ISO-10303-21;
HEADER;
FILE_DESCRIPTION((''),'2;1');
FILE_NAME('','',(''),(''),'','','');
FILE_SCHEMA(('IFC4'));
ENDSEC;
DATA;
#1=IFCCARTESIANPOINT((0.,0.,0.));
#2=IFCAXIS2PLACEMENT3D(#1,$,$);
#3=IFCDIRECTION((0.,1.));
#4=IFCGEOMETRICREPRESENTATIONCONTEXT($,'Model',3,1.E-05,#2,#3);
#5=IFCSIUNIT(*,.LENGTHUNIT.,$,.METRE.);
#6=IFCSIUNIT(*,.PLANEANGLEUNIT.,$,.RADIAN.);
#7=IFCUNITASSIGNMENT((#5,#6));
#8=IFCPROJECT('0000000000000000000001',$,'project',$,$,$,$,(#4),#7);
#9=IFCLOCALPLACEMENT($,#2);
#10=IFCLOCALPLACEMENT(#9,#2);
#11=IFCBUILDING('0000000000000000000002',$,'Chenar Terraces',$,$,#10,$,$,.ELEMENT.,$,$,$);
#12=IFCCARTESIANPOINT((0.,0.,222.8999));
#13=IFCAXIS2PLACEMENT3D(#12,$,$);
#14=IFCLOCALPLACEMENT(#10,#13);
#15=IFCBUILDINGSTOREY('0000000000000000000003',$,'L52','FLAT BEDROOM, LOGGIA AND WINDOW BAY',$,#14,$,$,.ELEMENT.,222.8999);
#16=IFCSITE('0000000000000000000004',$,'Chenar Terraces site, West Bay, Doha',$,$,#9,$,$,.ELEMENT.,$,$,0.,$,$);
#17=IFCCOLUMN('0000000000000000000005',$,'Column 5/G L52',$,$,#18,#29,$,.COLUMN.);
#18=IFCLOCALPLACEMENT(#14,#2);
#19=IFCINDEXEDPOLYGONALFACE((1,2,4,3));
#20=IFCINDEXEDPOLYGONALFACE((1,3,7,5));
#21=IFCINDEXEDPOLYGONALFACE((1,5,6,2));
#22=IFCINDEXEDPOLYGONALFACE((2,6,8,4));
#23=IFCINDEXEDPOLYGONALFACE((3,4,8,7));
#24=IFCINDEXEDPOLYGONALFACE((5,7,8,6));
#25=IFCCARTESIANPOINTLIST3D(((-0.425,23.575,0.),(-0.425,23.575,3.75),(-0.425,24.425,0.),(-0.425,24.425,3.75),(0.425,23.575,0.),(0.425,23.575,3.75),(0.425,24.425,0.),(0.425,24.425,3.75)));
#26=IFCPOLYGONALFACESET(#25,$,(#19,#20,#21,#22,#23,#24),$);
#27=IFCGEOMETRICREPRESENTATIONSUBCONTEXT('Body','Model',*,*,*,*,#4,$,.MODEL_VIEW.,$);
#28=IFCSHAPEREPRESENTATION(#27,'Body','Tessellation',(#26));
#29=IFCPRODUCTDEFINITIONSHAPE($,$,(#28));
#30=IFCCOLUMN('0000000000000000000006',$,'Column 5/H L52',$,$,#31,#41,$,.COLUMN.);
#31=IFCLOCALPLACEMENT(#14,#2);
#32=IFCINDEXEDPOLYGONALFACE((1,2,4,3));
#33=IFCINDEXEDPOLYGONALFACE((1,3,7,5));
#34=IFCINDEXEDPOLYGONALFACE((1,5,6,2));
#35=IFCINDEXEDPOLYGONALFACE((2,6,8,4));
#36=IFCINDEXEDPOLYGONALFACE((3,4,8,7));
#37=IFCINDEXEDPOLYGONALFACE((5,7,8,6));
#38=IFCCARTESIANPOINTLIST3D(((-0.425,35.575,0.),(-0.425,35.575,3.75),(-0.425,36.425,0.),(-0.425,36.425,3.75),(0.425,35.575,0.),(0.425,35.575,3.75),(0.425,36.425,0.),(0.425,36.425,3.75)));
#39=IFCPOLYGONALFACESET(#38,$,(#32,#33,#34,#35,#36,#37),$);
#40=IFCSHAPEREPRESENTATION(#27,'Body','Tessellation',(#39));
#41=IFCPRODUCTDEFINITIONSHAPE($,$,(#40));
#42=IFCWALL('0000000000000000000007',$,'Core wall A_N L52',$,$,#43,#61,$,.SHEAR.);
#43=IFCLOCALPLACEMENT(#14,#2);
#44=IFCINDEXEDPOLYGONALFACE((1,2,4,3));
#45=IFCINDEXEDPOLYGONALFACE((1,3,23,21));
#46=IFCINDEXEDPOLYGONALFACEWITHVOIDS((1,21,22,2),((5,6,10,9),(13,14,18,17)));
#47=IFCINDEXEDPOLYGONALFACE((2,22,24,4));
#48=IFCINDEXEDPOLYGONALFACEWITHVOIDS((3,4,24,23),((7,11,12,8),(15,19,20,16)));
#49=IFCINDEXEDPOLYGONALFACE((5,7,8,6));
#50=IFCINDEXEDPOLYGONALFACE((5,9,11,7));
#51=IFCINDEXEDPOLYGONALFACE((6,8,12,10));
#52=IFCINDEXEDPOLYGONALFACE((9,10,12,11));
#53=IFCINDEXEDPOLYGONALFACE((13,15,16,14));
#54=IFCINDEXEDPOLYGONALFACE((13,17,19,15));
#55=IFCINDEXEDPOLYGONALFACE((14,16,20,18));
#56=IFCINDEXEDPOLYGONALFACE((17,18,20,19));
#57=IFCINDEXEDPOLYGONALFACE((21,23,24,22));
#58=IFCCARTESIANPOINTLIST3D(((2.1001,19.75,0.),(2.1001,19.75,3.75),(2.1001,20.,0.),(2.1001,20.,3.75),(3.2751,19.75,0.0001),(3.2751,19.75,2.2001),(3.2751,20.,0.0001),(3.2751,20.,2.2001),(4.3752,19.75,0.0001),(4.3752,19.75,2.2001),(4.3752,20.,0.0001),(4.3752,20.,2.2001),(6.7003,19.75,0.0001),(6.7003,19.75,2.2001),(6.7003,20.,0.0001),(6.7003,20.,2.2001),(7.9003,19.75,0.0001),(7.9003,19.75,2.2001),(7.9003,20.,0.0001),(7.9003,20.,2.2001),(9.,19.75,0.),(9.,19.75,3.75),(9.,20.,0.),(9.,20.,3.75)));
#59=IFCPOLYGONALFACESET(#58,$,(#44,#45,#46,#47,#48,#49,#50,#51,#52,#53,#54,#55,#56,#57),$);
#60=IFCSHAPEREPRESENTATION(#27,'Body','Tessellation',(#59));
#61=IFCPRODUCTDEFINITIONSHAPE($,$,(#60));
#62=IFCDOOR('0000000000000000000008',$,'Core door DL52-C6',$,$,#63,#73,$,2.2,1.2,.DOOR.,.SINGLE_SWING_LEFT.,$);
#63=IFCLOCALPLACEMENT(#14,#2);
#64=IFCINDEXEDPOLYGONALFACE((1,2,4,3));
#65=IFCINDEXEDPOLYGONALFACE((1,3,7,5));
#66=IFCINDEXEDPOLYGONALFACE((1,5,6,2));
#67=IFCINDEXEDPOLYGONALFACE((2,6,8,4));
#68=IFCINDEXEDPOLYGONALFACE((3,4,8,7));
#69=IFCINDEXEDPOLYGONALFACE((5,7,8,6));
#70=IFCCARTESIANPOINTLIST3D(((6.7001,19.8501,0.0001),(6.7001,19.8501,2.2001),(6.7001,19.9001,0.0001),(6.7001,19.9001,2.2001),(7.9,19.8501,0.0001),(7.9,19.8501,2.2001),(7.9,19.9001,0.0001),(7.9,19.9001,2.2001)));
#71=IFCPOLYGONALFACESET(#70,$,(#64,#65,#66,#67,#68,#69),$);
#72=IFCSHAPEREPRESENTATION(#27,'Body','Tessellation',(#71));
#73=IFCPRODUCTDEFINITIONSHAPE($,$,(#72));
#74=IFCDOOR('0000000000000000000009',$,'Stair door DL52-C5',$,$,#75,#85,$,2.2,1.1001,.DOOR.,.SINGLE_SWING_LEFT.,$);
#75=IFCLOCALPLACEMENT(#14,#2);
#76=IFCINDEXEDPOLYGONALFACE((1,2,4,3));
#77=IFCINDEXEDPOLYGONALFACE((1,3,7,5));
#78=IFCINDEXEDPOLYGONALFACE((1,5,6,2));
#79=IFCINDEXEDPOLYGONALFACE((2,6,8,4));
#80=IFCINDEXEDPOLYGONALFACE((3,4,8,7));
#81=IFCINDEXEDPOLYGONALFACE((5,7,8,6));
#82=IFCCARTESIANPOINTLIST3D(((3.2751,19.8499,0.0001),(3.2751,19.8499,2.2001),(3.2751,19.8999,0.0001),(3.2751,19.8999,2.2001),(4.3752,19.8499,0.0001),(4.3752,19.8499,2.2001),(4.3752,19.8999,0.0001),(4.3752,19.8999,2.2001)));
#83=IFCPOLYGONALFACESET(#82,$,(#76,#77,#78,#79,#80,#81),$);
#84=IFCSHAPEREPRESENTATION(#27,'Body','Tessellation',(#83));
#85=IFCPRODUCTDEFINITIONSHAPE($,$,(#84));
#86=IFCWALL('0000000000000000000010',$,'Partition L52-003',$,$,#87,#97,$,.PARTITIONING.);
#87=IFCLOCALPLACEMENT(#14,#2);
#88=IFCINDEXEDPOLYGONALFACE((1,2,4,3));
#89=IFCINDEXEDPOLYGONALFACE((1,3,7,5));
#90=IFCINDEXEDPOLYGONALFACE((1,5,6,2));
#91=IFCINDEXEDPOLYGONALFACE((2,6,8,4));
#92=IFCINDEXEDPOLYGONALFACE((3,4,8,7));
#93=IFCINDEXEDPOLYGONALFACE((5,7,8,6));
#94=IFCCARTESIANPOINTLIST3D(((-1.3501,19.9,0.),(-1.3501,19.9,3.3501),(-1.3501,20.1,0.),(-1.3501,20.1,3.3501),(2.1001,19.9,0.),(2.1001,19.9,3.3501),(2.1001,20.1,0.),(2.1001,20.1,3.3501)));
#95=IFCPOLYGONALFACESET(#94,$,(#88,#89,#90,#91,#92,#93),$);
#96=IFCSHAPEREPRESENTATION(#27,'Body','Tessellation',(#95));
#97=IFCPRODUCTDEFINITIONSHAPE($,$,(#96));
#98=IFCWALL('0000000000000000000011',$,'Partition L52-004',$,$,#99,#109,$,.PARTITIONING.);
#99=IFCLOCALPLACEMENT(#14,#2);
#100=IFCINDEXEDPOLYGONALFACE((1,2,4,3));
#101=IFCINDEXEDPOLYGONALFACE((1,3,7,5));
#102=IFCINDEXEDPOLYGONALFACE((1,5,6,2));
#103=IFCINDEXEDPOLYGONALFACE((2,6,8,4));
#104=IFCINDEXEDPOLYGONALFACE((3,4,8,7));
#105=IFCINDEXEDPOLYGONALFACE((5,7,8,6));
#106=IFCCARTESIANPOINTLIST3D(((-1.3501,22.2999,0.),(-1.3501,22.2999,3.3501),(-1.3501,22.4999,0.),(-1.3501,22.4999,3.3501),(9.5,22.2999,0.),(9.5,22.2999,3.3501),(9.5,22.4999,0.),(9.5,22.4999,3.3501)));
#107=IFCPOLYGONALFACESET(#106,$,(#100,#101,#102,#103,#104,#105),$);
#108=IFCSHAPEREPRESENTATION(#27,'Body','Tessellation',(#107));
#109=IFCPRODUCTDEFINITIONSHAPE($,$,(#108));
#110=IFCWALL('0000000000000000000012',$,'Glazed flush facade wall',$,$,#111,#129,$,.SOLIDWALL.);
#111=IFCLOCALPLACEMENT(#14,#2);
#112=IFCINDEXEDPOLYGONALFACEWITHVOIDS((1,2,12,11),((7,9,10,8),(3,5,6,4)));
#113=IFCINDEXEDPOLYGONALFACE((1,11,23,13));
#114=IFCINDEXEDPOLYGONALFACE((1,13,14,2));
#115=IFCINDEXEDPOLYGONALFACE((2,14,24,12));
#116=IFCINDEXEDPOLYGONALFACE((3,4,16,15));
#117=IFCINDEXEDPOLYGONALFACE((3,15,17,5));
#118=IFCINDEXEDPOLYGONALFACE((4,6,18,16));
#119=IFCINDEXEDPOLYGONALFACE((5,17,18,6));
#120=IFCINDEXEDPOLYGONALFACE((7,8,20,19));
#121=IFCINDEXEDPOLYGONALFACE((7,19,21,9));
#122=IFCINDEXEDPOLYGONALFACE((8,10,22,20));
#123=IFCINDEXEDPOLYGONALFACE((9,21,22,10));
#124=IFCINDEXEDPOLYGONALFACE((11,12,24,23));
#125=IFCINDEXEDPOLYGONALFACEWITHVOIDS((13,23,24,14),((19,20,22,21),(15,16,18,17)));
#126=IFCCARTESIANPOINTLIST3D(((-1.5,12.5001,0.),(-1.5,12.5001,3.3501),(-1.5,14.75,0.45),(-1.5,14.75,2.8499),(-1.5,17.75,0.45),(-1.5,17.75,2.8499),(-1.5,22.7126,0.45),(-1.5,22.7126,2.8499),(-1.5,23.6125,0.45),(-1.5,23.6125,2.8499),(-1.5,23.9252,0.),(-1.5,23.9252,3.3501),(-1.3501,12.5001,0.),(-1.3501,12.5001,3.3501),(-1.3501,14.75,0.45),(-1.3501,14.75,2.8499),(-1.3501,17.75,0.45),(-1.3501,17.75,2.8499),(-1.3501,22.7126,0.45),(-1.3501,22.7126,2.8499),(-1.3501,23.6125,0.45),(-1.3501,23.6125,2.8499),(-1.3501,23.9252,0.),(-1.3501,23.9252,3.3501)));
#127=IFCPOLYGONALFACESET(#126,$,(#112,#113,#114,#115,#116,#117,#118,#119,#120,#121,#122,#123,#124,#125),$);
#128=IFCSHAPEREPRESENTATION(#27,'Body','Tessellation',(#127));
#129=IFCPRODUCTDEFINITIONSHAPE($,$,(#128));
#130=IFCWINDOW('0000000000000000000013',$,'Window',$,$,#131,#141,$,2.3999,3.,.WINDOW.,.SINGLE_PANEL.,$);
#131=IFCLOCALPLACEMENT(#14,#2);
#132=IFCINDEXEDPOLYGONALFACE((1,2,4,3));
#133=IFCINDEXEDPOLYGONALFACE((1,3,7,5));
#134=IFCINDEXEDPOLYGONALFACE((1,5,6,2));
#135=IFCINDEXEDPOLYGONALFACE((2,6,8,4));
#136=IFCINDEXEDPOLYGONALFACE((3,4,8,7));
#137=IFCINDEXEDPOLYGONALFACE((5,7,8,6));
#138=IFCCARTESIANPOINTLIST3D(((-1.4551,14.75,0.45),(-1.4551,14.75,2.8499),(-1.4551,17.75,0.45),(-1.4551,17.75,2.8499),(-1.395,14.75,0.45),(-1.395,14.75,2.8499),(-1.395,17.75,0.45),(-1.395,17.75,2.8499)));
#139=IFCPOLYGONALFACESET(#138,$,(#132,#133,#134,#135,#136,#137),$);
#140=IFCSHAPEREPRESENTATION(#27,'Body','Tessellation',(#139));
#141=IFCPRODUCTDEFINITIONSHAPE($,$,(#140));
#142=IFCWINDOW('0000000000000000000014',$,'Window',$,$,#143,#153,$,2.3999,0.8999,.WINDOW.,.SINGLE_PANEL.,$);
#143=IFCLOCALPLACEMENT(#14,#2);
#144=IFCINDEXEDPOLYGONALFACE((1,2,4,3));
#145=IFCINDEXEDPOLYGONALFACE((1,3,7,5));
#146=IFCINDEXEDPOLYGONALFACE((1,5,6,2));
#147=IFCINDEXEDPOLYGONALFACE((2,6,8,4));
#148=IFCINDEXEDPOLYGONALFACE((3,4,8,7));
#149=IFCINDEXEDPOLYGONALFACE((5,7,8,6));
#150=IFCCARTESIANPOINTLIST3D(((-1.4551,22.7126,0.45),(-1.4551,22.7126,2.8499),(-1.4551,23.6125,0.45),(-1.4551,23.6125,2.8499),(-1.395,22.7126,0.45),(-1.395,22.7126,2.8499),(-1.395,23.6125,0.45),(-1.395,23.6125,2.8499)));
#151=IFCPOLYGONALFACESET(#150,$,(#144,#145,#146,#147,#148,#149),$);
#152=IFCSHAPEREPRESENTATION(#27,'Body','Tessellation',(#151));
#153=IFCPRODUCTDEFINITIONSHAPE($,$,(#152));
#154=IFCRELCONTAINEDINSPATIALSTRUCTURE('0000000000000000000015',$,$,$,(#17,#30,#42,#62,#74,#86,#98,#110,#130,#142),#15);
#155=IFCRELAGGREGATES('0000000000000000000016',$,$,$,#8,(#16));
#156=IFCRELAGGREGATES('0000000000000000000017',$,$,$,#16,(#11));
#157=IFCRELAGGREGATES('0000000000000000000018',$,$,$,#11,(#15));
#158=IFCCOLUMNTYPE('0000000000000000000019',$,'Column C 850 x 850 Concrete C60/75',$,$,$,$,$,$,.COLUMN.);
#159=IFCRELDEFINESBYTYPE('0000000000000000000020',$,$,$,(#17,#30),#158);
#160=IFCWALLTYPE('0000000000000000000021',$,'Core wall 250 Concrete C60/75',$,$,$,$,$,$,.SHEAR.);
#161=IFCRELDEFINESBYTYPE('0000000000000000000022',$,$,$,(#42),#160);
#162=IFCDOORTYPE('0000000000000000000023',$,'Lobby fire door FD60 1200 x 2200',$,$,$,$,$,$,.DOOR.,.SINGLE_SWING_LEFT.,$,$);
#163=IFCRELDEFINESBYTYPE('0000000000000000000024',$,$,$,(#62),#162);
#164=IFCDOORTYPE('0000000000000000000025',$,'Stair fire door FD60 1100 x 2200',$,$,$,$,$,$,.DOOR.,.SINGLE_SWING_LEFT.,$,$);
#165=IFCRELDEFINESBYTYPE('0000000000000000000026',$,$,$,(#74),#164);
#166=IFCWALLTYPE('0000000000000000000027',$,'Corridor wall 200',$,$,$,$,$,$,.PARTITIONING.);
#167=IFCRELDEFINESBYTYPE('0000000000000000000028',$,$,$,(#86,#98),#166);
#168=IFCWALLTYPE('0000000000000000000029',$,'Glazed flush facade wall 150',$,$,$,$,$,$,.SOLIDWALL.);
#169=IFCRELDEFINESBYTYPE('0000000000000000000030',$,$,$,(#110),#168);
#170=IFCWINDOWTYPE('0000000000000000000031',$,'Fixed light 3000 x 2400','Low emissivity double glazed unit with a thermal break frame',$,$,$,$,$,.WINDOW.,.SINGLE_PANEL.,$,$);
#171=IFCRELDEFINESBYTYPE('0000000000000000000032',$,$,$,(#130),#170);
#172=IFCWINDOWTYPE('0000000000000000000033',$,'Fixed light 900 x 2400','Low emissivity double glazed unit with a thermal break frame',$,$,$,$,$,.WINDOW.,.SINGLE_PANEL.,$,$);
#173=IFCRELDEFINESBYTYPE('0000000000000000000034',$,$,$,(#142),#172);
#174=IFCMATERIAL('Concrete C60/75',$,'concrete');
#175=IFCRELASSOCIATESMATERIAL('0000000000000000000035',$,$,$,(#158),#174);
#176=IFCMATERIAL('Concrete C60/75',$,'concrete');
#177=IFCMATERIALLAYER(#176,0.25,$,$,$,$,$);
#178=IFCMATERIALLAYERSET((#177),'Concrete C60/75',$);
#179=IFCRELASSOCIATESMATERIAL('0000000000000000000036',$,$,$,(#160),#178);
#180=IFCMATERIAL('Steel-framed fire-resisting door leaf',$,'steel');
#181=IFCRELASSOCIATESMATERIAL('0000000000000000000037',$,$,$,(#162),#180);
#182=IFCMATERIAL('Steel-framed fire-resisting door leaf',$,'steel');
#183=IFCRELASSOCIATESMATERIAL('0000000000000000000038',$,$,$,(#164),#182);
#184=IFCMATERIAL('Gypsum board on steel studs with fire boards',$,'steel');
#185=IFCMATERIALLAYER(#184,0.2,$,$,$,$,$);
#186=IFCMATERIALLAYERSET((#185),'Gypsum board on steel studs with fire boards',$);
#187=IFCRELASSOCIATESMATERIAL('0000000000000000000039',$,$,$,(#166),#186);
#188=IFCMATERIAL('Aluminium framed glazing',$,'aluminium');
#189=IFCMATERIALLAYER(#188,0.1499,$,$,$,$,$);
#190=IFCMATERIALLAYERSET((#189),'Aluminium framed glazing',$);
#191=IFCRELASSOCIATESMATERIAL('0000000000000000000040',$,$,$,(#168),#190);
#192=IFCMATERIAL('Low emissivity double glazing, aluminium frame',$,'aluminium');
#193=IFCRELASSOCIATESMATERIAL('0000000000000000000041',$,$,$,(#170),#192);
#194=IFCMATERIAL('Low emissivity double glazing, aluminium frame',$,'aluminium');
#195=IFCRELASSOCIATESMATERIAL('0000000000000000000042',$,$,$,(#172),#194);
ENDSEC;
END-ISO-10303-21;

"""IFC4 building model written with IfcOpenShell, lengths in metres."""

from ifc_helpers import new_model, si_unit, direction, frame, frame_2d, origin, origin_2d, place, context, subcontext, project, spatial, rectangle, extrude, material, layer, layer_set, material_profile, profile_set, type_object, element, fill, save


model = new_model("IFC4")

# Units and contexts
model_context = context("Model", 3, precision=1e-05, world=origin(), true_north=direction((0.0, 1.0)))
body_context = subcontext(model_context, "Body", "Model", "MODEL_VIEW")
ifc_project = project(units=[si_unit("LENGTHUNIT", "METRE"), si_unit("PLANEANGLEUNIT", "RADIAN")], contexts=[model_context])

# Site, building, storey
site_placement = place(None, origin())
site = spatial("IfcSite", under=ifc_project, at=site_placement, Name="Chenar Terraces site, West Bay, Doha", CompositionType="ELEMENT", RefElevation=0.0)
building_placement = place(site_placement, origin())
building = spatial("IfcBuilding", under=site, at=building_placement, Name="Chenar Terraces", CompositionType="ELEMENT")
storey_placement = place(building_placement, frame((0.0, 0.0, 222.8999)))
storey = spatial("IfcBuildingStorey", under=building, at=storey_placement, Name="L52", Description="FLAT BEDROOM, LOGGIA AND WINDOW BAY", CompositionType="ELEMENT", Elevation=222.8999)

# Columns
ifc_material_1 = material(Name="Concrete C60/75", Category="concrete")
ifc_material_profile = material_profile(ifc_material_1, rectangle(XDim=0.8501, YDim=0.8501, at=origin_2d()), Name="C 850 x 850")
ifc_profile_set = profile_set([ifc_material_profile], Name="Concrete C60/75")
column_type = type_object("IfcColumnType", Name="Column C 850 x 850 Concrete C60/75", PredefinedType="COLUMN", material=ifc_profile_set)
column_1_placement = place(storey_placement, frame((0.0, 24.0, 0.0), z_axis=(0.0, 0.0, 1.0), x_axis=(1.0, 0.0, 0.0)))
element("IfcColumn", 1, at=column_1_placement, inside=storey, type_object=column_type, Name="Column 5/G L52", PredefinedType="COLUMN", context=body_context, shape_type="SweptSolid", body=[
    extrude(rectangle(XDim=0.8501, YDim=0.8501, at=origin_2d()), origin(), (0.0, 0.0, 1.0), 3.75),
])
placement = place(storey_placement, frame((0.0, 36.0, 0.0), z_axis=(0.0, 0.0, 1.0), x_axis=(1.0, 0.0, 0.0)))
element("IfcColumn", 2, at=placement, inside=storey, type_object=column_type, Name="Column 5/H L52", PredefinedType="COLUMN", context=body_context, shape_type="SweptSolid", body=[
    extrude(rectangle(XDim=0.8501, YDim=0.8501, at=origin_2d()), origin(), (0.0, 0.0, 1.0), 3.75),
])

# Wall, openings, doors
ifc_material_2 = material(Name="Concrete C60/75", Category="concrete")
ifc_layer_1 = layer(ifc_material_2, 0.25)
ifc_layer_set_1 = layer_set([ifc_layer_1], Name="Concrete C60/75")
wall_type_1 = type_object("IfcWallType", Name="Core wall 250 Concrete C60/75", PredefinedType="SHEAR", material=ifc_layer_set_1)
wall_1_placement = place(storey_placement, frame((2.1001, 19.875, 0.0), z_axis=(0.0, 0.0, 1.0), x_axis=(1.0, 0.0, 0.0)))
wall_1 = element("IfcWall", 3, at=wall_1_placement, inside=storey, type_object=wall_type_1, Name="Core wall A_N L52", PredefinedType="SHEAR", context=body_context, shape_type="SweptSolid", body=[
    extrude(rectangle(XDim=6.8999, YDim=0.25, at=frame_2d((3.45, 0.0))), origin(), (0.0, 0.0, 1.0), 3.75),
])
opening_1_placement = place(wall_1_placement, frame((1.175, 0.0, 0.0)))
opening_1 = element("IfcOpeningElement", 4, at=opening_1_placement, cuts=wall_1, PredefinedType="OPENING", context=body_context, shape_type="SweptSolid", body=[
    extrude(rectangle(XDim=1.1001, YDim=2.2, at=frame_2d((0.55, 1.1001))), frame((0.0, 0.135, 0.0), z_axis=(0.0, -1.0, 0.0), x_axis=(1.0, 0.0, 0.0)), (0.0, 0.0, 1.0), 0.27),
])
opening_2_placement = place(wall_1_placement, frame((4.6001, 0.0, 0.0)))
opening_2 = element("IfcOpeningElement", 5, at=opening_2_placement, cuts=wall_1, PredefinedType="OPENING", context=body_context, shape_type="SweptSolid", body=[
    extrude(rectangle(XDim=1.2, YDim=2.2, at=frame_2d((0.6001, 1.1001))), frame((0.0, 0.135, 0.0), z_axis=(0.0, -1.0, 0.0), x_axis=(1.0, 0.0, 0.0)), (0.0, 0.0, 1.0), 0.27),
])
ifc_material_3 = material(Name="Steel-framed fire-resisting door leaf", Category="steel")
door_type_1 = type_object("IfcDoorType", Name="Lobby fire door FD60 1200 x 2200", OperationType="SINGLE_SWING_LEFT", PredefinedType="DOOR", material=ifc_material_3)
door_1_placement = place(opening_2_placement, frame((1.2, 0.0, 0.0), z_axis=(0.0, 0.0, 1.0), x_axis=(-1.0, 0.0, 0.0)))
door_1 = element("IfcDoor", 6, at=door_1_placement, inside=storey, type_object=door_type_1, Name="Core door DL52-C6", OperationType="SINGLE_SWING_LEFT", OverallHeight=2.2, OverallWidth=1.2, PredefinedType="DOOR", context=body_context, shape_type="SweptSolid", body=[
    extrude(rectangle(XDim=1.2, YDim=2.2, at=frame_2d((0.6001, 1.1001))), frame((0.0, 0.0249, 0.0), z_axis=(0.0, -1.0, 0.0), x_axis=(1.0, 0.0, 0.0)), (0.0, 0.0, 1.0), 0.05),
])
fill(opening_2, door_1)
ifc_material_4 = material(Name="Steel-framed fire-resisting door leaf", Category="steel")
door_type_2 = type_object("IfcDoorType", Name="Stair fire door FD60 1100 x 2200", OperationType="SINGLE_SWING_LEFT", PredefinedType="DOOR", material=ifc_material_4)
door_2_placement = place(opening_1_placement, origin())
door_2 = element("IfcDoor", 7, at=door_2_placement, inside=storey, type_object=door_type_2, Name="Stair door DL52-C5", OperationType="SINGLE_SWING_LEFT", OverallHeight=2.2, OverallWidth=1.1001, PredefinedType="DOOR", context=body_context, shape_type="SweptSolid", body=[
    extrude(rectangle(XDim=1.1001, YDim=2.2, at=frame_2d((0.55, 1.1001))), frame((0.0, 0.0249, 0.0), z_axis=(0.0, -1.0, 0.0), x_axis=(1.0, 0.0, 0.0)), (0.0, 0.0, 1.0), 0.05),
])
fill(opening_1, door_2)

# Walls
ifc_material_5 = material(Name="Gypsum board on steel studs with fire boards", Category="steel")
ifc_layer_2 = layer(ifc_material_5, 0.2)
ifc_layer_set_2 = layer_set([ifc_layer_2], Name="Gypsum board on steel studs with fire boards")
wall_type_2 = type_object("IfcWallType", Name="Corridor wall 200", PredefinedType="PARTITIONING", material=ifc_layer_set_2)
wall_2_placement = place(storey_placement, frame((-1.3501, 20.0, 0.0), z_axis=(0.0, 0.0, 1.0), x_axis=(1.0, 0.0, 0.0)))
element("IfcWall", 8, at=wall_2_placement, inside=storey, type_object=wall_type_2, Name="Partition L52-003", PredefinedType="PARTITIONING", context=body_context, shape_type="SweptSolid", body=[
    extrude(rectangle(XDim=3.4502, YDim=0.2, at=frame_2d((1.7251, 0.0))), origin(), (0.0, 0.0, 1.0), 3.3501),
])
wall_3_placement = place(storey_placement, frame((-1.3501, 22.3999, 0.0), z_axis=(0.0, 0.0, 1.0), x_axis=(1.0, 0.0, 0.0)))
element("IfcWall", 9, at=wall_3_placement, inside=storey, type_object=wall_type_2, Name="Partition L52-004", PredefinedType="PARTITIONING", context=body_context, shape_type="SweptSolid", body=[
    extrude(rectangle(XDim=10.8501, YDim=0.2, at=frame_2d((5.425, 0.0))), origin(), (0.0, 0.0, 1.0), 3.3501),
])

# Wall, openings, windows
ifc_material_6 = material(Name="Aluminium framed glazing", Category="aluminium")
ifc_layer_3 = layer(ifc_material_6, 0.1499)
ifc_layer_set_3 = layer_set([ifc_layer_3], Name="Aluminium framed glazing")
wall_type_3 = type_object("IfcWallType", Name="Glazed flush facade wall 150", PredefinedType="SOLIDWALL", material=ifc_layer_set_3)
wall_4_placement = place(storey_placement, frame((-1.425, 23.925, 0.0), z_axis=(0.0, 0.0, 1.0), x_axis=(0.0, -1.0, 0.0)))
wall_4 = element("IfcWall", 10, at=wall_4_placement, inside=storey, type_object=wall_type_3, Name="Glazed flush facade wall", PredefinedType="SOLIDWALL", context=body_context, shape_type="SweptSolid", body=[
    extrude(rectangle(XDim=11.425, YDim=0.1499, at=frame_2d((5.7124, 0.0))), origin(), (0.0, 0.0, 1.0), 3.3501),
])
opening_3_placement = place(wall_4_placement, frame((0.3125, 0.0, 0.45)))
opening_3 = element("IfcOpeningElement", 11, at=opening_3_placement, cuts=wall_4, PredefinedType="OPENING", context=body_context, shape_type="SweptSolid", body=[
    extrude(rectangle(XDim=0.8999, YDim=2.3999, at=frame_2d((0.45, 1.2))), frame((0.0, 0.085, 0.0), z_axis=(0.0, -1.0, 0.0), x_axis=(1.0, 0.0, 0.0)), (0.0, 0.0, 1.0), 0.1699),
])
opening_4_placement = place(wall_4_placement, frame((6.175, 0.0, 0.45)))
opening_4 = element("IfcOpeningElement", 12, at=opening_4_placement, cuts=wall_4, PredefinedType="OPENING", context=body_context, shape_type="SweptSolid", body=[
    extrude(rectangle(XDim=3.0, YDim=2.3999, at=frame_2d((1.5, 1.2))), frame((0.0, 0.085, 0.0), z_axis=(0.0, -1.0, 0.0), x_axis=(1.0, 0.0, 0.0)), (0.0, 0.0, 1.0), 0.1699),
])
ifc_material_7 = material(Name="Low emissivity double glazing, aluminium frame", Category="aluminium")
window_type_1 = type_object("IfcWindowType", Name="Fixed light 3000 x 2400", Description="Low emissivity double glazed unit with a thermal break frame", PartitioningType="SINGLE_PANEL", PredefinedType="WINDOW", material=ifc_material_7)
window_1_placement = place(opening_4_placement, origin())
window_1 = element("IfcWindow", 13, at=window_1_placement, inside=storey, type_object=window_type_1, Name="Window", OverallHeight=2.3999, OverallWidth=3.0, PartitioningType="SINGLE_PANEL", PredefinedType="WINDOW", context=body_context, shape_type="SweptSolid", body=[
    extrude(rectangle(XDim=3.0, YDim=2.3999, at=frame_2d((1.5, 1.2))), frame((0.0, 0.03, 0.0), z_axis=(0.0, -1.0, 0.0), x_axis=(1.0, 0.0, 0.0)), (0.0, 0.0, 1.0), 0.0601),
])
fill(opening_4, window_1)
ifc_material_8 = material(Name="Low emissivity double glazing, aluminium frame", Category="aluminium")
window_type_2 = type_object("IfcWindowType", Name="Fixed light 900 x 2400", Description="Low emissivity double glazed unit with a thermal break frame", PartitioningType="SINGLE_PANEL", PredefinedType="WINDOW", material=ifc_material_8)
window_2_placement = place(opening_3_placement, origin())
window_2 = element("IfcWindow", 14, at=window_2_placement, inside=storey, type_object=window_type_2, Name="Window", OverallHeight=2.3999, OverallWidth=0.8999, PartitioningType="SINGLE_PANEL", PredefinedType="WINDOW", context=body_context, shape_type="SweptSolid", body=[
    extrude(rectangle(XDim=0.8999, YDim=2.3999, at=frame_2d((0.45, 1.2))), frame((0.0, 0.03, 0.0), z_axis=(0.0, -1.0, 0.0), x_axis=(1.0, 0.0, 0.0)), (0.0, 0.0, 1.0), 0.0601),
])
fill(opening_3, window_2)

save(model, "model.ifc")
